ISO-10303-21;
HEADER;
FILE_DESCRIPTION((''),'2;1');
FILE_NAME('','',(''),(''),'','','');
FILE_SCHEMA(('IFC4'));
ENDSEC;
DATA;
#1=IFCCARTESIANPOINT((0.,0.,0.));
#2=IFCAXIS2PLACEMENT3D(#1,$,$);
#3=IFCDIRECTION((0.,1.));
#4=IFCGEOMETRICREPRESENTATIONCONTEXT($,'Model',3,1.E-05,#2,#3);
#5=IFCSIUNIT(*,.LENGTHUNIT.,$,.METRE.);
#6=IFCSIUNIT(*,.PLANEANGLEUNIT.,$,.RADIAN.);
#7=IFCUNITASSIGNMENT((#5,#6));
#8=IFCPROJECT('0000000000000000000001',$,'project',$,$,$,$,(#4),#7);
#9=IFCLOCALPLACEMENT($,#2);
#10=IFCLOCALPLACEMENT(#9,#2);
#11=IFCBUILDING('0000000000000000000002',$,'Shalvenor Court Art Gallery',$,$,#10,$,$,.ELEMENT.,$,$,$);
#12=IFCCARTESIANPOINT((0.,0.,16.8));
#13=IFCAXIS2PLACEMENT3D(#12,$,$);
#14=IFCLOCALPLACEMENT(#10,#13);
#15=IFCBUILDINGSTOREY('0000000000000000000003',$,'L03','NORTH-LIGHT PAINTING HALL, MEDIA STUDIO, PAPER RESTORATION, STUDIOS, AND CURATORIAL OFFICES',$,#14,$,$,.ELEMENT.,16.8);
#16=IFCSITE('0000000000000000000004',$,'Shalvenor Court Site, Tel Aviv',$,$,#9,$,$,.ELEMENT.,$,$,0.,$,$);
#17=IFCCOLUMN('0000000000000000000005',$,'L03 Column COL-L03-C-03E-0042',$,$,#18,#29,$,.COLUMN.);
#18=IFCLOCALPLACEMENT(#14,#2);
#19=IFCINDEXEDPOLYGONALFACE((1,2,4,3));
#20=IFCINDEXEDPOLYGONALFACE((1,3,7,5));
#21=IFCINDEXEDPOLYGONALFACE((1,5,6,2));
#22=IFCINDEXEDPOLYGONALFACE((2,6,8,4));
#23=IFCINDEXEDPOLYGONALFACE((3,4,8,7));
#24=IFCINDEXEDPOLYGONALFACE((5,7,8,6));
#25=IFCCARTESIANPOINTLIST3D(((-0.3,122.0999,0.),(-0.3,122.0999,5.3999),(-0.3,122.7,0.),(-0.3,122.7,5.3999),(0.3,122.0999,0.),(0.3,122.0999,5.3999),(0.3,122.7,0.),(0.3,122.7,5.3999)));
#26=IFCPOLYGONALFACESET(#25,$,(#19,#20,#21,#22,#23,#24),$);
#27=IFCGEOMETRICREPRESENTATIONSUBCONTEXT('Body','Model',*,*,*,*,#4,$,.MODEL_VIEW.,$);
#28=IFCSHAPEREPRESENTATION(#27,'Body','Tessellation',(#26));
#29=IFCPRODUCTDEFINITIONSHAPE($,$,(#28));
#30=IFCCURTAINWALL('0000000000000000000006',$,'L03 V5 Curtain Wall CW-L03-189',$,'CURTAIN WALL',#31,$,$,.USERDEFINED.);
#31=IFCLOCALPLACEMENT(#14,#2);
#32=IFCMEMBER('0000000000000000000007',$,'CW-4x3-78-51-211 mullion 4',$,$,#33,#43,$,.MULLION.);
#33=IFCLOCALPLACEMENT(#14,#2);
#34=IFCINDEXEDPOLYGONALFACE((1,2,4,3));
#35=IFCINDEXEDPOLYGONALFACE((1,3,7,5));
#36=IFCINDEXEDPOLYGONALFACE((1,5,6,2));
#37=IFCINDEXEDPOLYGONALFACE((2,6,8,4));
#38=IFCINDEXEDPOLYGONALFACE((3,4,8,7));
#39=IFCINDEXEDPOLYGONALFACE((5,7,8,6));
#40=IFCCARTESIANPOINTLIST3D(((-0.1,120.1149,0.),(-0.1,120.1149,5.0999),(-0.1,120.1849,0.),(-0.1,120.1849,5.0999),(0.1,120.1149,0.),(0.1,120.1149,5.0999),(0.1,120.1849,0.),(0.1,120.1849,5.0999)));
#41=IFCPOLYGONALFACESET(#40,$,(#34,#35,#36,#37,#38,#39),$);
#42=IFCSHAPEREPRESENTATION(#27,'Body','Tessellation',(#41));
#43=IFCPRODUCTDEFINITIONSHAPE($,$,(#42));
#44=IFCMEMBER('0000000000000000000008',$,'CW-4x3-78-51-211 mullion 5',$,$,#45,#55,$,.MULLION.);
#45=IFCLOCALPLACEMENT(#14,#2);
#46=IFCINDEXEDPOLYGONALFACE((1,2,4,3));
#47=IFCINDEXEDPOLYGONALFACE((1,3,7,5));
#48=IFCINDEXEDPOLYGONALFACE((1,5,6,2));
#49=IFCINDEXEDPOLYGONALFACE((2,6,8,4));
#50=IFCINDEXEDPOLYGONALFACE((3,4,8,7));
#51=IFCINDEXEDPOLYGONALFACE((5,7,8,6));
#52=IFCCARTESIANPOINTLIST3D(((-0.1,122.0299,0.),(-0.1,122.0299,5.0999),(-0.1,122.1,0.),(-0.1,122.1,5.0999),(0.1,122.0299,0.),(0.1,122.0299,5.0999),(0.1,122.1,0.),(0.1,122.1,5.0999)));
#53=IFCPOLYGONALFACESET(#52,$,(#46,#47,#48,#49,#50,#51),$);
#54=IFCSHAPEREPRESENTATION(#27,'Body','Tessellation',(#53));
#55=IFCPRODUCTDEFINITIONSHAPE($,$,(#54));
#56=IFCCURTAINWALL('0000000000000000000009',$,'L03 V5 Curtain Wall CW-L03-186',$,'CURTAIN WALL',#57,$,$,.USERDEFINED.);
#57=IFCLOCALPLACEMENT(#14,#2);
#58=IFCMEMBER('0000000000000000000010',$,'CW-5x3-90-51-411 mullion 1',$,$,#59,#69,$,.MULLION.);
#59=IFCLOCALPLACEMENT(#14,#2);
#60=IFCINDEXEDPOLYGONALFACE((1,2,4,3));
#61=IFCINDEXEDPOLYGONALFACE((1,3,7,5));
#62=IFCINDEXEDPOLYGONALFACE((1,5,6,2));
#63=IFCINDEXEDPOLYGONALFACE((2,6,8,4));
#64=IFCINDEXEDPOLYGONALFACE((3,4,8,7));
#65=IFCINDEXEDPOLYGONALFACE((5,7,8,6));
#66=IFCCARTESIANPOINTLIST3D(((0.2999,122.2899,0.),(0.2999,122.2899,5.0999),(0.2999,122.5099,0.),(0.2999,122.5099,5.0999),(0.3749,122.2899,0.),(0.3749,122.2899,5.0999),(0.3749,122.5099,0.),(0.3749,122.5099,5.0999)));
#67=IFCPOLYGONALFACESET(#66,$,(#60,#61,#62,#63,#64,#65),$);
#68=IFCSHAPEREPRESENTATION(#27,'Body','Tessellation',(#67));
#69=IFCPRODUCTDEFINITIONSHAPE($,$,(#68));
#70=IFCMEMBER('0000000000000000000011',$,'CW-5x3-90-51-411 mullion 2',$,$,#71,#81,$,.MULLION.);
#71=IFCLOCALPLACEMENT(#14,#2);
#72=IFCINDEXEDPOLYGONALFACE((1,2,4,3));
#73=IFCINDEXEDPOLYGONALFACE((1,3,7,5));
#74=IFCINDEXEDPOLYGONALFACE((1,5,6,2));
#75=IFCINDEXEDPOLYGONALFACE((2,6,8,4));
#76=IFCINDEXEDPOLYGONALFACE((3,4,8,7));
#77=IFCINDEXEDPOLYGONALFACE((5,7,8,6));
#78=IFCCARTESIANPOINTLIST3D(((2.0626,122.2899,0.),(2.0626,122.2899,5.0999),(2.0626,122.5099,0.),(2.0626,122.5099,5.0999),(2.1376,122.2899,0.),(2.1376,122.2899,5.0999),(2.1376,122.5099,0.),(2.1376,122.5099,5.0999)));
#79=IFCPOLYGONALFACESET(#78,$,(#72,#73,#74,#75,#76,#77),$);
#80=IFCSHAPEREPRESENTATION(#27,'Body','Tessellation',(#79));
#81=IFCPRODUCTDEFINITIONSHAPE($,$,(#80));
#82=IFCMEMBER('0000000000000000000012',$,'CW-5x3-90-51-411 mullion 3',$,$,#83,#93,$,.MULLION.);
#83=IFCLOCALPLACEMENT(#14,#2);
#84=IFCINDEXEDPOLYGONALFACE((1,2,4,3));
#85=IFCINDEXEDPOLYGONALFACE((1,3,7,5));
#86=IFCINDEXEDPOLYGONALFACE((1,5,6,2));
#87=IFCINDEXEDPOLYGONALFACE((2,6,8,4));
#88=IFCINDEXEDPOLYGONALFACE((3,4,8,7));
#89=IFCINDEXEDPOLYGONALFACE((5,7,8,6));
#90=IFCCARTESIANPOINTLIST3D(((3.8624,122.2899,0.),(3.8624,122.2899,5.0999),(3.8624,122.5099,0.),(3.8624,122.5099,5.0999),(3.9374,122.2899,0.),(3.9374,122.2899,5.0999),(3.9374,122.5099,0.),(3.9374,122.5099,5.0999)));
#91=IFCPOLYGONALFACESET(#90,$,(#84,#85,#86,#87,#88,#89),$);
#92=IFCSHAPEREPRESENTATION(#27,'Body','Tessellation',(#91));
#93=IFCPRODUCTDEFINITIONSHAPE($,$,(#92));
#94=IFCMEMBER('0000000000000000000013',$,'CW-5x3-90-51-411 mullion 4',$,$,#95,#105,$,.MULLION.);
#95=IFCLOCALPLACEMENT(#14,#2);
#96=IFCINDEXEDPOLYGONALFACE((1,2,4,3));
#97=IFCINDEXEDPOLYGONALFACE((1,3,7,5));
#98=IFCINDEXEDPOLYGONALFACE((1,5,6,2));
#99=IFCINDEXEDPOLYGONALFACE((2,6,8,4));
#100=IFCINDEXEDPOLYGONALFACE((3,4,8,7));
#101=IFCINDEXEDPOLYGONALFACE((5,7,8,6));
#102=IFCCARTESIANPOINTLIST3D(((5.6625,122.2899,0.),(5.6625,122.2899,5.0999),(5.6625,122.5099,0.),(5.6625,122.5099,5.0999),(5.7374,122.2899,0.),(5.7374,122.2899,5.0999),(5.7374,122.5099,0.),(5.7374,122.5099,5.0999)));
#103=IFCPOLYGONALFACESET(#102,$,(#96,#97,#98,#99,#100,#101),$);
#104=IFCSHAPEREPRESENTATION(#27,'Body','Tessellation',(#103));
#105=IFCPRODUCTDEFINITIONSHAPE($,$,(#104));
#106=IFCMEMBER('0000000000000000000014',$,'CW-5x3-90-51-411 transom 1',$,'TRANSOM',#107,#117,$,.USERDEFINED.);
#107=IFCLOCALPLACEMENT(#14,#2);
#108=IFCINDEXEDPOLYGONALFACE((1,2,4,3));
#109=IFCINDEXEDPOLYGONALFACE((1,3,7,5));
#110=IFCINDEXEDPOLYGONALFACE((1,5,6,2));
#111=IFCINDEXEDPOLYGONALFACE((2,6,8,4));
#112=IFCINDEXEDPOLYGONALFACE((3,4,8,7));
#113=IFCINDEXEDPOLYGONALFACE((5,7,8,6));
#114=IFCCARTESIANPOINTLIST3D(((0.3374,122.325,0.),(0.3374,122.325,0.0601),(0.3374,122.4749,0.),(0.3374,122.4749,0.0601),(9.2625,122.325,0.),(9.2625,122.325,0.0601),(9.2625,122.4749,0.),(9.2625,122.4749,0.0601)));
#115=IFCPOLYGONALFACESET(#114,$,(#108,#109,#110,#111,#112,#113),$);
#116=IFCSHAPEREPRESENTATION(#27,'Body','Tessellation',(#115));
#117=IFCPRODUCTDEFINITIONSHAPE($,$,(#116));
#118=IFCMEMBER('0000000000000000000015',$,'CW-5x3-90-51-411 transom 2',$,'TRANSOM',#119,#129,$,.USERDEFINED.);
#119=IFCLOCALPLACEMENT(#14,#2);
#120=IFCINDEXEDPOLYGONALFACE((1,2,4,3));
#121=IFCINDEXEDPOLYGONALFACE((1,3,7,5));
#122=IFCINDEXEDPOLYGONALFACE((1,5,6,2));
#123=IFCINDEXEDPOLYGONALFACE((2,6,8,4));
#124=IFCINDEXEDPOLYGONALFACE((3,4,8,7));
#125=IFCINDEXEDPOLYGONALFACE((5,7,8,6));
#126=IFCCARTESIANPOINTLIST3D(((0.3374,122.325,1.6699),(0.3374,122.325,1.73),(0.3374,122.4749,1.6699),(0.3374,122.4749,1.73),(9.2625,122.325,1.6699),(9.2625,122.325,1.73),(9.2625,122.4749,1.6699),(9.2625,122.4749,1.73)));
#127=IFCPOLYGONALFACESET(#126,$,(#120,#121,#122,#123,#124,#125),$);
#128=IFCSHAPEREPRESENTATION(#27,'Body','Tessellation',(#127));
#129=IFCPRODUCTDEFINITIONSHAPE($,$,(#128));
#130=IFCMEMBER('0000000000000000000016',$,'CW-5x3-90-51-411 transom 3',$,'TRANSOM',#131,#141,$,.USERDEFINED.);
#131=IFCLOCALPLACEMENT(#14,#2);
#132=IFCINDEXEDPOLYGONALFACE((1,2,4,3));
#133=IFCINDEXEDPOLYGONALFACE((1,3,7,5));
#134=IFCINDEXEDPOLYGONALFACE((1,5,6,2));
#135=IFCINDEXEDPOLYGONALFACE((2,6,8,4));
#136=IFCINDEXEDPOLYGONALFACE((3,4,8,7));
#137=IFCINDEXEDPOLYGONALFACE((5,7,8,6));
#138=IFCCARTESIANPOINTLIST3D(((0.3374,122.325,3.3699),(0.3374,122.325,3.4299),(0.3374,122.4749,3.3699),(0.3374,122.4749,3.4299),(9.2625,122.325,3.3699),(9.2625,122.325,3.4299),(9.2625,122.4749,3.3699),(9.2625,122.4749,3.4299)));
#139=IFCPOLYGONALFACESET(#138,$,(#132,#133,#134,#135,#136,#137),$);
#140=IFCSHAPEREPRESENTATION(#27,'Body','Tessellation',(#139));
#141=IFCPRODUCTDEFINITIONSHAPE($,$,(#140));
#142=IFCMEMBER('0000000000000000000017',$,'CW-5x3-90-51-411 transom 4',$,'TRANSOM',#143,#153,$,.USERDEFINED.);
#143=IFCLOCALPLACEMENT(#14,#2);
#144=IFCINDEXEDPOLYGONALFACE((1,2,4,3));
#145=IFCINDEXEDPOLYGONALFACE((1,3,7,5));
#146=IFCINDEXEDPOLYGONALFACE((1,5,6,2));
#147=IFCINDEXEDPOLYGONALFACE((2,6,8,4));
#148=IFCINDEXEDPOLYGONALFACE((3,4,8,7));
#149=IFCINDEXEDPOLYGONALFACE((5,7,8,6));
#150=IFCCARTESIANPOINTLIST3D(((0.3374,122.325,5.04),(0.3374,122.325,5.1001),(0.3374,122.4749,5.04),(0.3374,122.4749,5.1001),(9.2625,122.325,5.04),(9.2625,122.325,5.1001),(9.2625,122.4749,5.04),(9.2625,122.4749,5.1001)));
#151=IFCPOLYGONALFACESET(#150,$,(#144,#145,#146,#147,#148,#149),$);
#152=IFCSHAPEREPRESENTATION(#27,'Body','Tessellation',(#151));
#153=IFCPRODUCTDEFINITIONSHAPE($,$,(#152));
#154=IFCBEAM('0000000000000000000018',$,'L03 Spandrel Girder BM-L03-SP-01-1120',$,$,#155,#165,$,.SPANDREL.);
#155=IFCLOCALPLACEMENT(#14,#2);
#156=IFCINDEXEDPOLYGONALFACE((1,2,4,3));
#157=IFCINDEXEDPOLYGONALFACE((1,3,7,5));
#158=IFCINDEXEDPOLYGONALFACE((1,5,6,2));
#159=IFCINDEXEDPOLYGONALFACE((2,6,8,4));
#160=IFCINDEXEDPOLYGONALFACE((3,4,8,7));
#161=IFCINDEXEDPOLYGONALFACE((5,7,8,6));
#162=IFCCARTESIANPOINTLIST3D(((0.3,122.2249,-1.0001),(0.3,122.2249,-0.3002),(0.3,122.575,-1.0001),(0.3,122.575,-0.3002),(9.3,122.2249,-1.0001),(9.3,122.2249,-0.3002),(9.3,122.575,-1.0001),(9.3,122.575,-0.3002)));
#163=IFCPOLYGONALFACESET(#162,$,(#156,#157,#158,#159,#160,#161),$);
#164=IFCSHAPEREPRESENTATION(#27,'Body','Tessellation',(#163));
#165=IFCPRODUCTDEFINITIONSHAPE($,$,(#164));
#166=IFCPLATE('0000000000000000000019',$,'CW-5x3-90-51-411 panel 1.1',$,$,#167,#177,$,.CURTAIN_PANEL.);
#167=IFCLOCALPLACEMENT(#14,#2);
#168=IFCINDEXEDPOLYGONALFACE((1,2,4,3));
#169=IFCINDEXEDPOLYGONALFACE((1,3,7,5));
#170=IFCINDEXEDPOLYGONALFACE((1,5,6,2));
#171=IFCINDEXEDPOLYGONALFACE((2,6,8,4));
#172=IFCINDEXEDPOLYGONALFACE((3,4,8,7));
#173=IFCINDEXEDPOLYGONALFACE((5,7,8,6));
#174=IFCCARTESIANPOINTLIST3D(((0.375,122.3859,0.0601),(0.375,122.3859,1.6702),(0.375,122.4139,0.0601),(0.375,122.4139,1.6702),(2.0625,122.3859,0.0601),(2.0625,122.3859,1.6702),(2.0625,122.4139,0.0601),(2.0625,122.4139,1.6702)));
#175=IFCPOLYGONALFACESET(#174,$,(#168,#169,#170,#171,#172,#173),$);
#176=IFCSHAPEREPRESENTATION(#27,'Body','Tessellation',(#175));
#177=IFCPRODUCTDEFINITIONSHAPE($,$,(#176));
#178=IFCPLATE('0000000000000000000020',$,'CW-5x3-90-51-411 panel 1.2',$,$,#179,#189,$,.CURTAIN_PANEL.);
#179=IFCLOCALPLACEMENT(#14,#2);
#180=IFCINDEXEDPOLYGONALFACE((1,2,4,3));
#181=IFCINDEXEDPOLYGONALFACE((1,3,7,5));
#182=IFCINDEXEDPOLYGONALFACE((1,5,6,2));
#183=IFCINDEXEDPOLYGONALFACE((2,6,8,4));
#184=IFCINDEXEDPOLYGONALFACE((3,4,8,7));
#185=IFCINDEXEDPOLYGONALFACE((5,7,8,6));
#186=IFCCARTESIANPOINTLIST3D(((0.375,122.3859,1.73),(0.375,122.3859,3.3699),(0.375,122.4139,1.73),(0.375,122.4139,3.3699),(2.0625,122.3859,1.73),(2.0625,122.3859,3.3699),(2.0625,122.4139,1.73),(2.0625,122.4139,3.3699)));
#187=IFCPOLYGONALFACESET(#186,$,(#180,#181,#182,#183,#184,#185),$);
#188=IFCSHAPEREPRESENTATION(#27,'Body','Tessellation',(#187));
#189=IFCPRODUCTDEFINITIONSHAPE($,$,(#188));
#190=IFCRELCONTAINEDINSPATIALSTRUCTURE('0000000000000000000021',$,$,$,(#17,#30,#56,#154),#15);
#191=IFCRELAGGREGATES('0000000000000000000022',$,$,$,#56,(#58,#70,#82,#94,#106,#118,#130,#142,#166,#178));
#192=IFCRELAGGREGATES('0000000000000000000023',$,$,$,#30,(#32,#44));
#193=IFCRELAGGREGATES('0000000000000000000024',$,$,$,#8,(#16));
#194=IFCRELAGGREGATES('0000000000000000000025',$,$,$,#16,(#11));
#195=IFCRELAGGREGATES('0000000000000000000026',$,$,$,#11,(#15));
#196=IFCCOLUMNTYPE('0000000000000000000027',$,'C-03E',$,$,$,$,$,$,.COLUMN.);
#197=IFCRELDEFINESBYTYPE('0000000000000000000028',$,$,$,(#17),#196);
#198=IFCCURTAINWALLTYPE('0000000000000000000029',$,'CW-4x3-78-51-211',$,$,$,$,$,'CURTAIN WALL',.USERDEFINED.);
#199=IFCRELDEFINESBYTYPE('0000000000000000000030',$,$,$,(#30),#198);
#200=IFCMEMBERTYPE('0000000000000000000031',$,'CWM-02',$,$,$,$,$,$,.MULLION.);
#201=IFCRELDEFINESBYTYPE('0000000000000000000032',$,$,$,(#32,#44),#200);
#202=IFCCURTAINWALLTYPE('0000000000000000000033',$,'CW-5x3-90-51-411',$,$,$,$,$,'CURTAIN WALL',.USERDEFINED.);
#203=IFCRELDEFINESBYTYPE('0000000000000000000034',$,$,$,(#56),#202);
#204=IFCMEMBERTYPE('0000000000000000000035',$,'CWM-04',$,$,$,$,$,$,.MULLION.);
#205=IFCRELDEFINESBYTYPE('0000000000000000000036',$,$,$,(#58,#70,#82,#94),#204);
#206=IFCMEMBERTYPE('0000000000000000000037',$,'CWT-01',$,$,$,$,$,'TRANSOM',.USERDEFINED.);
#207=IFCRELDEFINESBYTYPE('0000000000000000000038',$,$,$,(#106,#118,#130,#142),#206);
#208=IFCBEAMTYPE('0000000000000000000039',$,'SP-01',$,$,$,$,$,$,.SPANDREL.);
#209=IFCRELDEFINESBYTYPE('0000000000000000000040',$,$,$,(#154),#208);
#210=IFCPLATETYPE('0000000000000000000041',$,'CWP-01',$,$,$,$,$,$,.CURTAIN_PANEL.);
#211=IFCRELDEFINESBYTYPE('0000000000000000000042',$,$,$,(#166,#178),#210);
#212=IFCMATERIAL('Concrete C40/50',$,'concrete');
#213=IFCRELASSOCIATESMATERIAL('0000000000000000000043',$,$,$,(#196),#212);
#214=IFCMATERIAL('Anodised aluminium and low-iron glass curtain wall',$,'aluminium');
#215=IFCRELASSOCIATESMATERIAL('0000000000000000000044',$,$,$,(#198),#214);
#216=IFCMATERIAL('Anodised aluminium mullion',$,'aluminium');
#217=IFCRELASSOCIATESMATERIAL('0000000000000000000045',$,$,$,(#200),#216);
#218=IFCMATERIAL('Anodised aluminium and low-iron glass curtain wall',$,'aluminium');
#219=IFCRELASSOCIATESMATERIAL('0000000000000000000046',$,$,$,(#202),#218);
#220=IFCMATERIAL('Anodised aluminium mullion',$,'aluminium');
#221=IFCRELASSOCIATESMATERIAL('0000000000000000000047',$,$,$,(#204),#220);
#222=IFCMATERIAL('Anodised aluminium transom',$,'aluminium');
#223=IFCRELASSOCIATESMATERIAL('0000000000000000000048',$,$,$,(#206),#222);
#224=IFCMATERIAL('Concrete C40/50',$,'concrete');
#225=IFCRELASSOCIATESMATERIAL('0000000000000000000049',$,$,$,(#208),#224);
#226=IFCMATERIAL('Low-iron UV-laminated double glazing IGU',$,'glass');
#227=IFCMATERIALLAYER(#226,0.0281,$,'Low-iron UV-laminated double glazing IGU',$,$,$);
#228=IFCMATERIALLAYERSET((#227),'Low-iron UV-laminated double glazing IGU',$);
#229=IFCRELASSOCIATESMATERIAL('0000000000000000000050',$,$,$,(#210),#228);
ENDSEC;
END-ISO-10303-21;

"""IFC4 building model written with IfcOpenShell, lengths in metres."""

from ifc_helpers import new_model, si_unit, direction, frame, origin, origin_2d, place, context, subcontext, project, spatial, rectangle, extrude, material, layer, layer_set, material_profile, profile_set, type_object, element, aggregate, save


model = new_model("IFC4")

# Units and contexts
model_context = context("Model", 3, precision=1e-05, world=origin(), true_north=direction((0.0, 1.0)))
body_context = subcontext(model_context, "Body", "Model", "MODEL_VIEW")
ifc_project = project(units=[si_unit("LENGTHUNIT", "METRE"), si_unit("PLANEANGLEUNIT", "RADIAN")], contexts=[model_context])

# Site, building, storey
site_placement = place(None, origin())
site = spatial("IfcSite", under=ifc_project, at=site_placement, Name="Shalvenor Court Site, Tel Aviv", CompositionType="ELEMENT", RefElevation=0.0)
building_placement = place(site_placement, origin())
building = spatial("IfcBuilding", under=site, at=building_placement, Name="Shalvenor Court Art Gallery", CompositionType="ELEMENT")
storey_placement = place(building_placement, frame((0.0, 0.0, 16.8)))
storey = spatial("IfcBuildingStorey", under=building, at=storey_placement, Name="L03", Description="NORTH-LIGHT PAINTING HALL, MEDIA STUDIO, PAPER RESTORATION, STUDIOS, AND CURATORIAL OFFICES", CompositionType="ELEMENT", Elevation=16.8)

# Column
ifc_material_1 = material(Name="Concrete C40/50", Category="concrete")
ifc_material_profile_1 = material_profile(ifc_material_1, rectangle(XDim=0.6001, YDim=0.6001, at=origin_2d()), Name="RC 600x600")
ifc_profile_set_1 = profile_set([ifc_material_profile_1], Name="Concrete C40/50")
column_type = type_object("IfcColumnType", Name="C-03E", PredefinedType="COLUMN", material=ifc_profile_set_1)
column_placement = place(storey_placement, frame((0.0, 122.3999, 0.0), z_axis=(0.0, 0.0, 1.0), x_axis=(1.0, 0.0, 0.0)))
element("IfcColumn", 1, at=column_placement, inside=storey, type_object=column_type, Name="L03 Column COL-L03-C-03E-0042", PredefinedType="COLUMN", context=body_context, shape_type="SweptSolid", body=[
    extrude(rectangle(XDim=0.6001, YDim=0.6001, at=origin_2d()), origin(), (0.0, 0.0, 1.0), 5.3999),
])

# Curtain walls, members
ifc_material_2 = material(Name="Anodised aluminium and low-iron glass curtain wall", Category="aluminium")
curtain_wall_type_1 = type_object("IfcCurtainWallType", Name="CW-4x3-78-51-211", ElementType="CURTAIN WALL", PredefinedType="USERDEFINED", material=ifc_material_2)
curtain_wall_1_placement = place(storey_placement, origin())
curtain_wall_1 = element("IfcCurtainWall", 2, at=curtain_wall_1_placement, inside=storey, type_object=curtain_wall_type_1, Name="L03 V5 Curtain Wall CW-L03-189", ObjectType="CURTAIN WALL", PredefinedType="USERDEFINED")
ifc_material_3 = material(Name="Anodised aluminium mullion", Category="aluminium")
ifc_material_profile_2 = material_profile(ifc_material_3, rectangle(XDim=0.0701, YDim=0.2, at=origin_2d()), Name="CWM-02")
ifc_profile_set_2 = profile_set([ifc_material_profile_2], Name="Anodised aluminium mullion")
member_type_1 = type_object("IfcMemberType", Name="CWM-02", PredefinedType="MULLION", material=ifc_profile_set_2)
member_1_placement = place(storey_placement, frame((0.0, 120.1499, 0.0), z_axis=(0.0, 0.0, 1.0), x_axis=(0.0, 1.0, 0.0)))
member_1 = element("IfcMember", 3, at=member_1_placement, type_object=member_type_1, Name="CW-4x3-78-51-211 mullion 4", PredefinedType="MULLION", context=body_context, shape_type="SweptSolid", body=[
    extrude(rectangle(XDim=0.0701, YDim=0.2, at=origin_2d()), origin(), (0.0, 0.0, 1.0), 5.0999),
])
member_2_placement = place(storey_placement, frame((0.0, 122.0649, 0.0), z_axis=(0.0, 0.0, 1.0), x_axis=(0.0, 1.0, 0.0)))
member_2 = element("IfcMember", 4, at=member_2_placement, type_object=member_type_1, Name="CW-4x3-78-51-211 mullion 5", PredefinedType="MULLION", context=body_context, shape_type="SweptSolid", body=[
    extrude(rectangle(XDim=0.0701, YDim=0.2, at=origin_2d()), origin(), (0.0, 0.0, 1.0), 5.0999),
])
ifc_material_4 = material(Name="Anodised aluminium and low-iron glass curtain wall", Category="aluminium")
curtain_wall_type_2 = type_object("IfcCurtainWallType", Name="CW-5x3-90-51-411", ElementType="CURTAIN WALL", PredefinedType="USERDEFINED", material=ifc_material_4)
curtain_wall_2_placement = place(storey_placement, origin())
curtain_wall_2 = element("IfcCurtainWall", 5, at=curtain_wall_2_placement, inside=storey, type_object=curtain_wall_type_2, Name="L03 V5 Curtain Wall CW-L03-186", ObjectType="CURTAIN WALL", PredefinedType="USERDEFINED")
ifc_material_5 = material(Name="Anodised aluminium mullion", Category="aluminium")
ifc_material_profile_3 = material_profile(ifc_material_5, rectangle(XDim=0.075, YDim=0.22, at=origin_2d()), Name="CWM-04")
ifc_profile_set_3 = profile_set([ifc_material_profile_3], Name="Anodised aluminium mullion")
member_type_2 = type_object("IfcMemberType", Name="CWM-04", PredefinedType="MULLION", material=ifc_profile_set_3)
member_3_placement = place(storey_placement, frame((0.3374, 122.3999, 0.0), z_axis=(0.0, 0.0, 1.0), x_axis=(1.0, 0.0, 0.0)))
member_3 = element("IfcMember", 6, at=member_3_placement, type_object=member_type_2, Name="CW-5x3-90-51-411 mullion 1", PredefinedType="MULLION", context=body_context, shape_type="SweptSolid", body=[
    extrude(rectangle(XDim=0.075, YDim=0.22, at=origin_2d()), origin(), (0.0, 0.0, 1.0), 5.0999),
])
member_4_placement = place(storey_placement, frame((2.1001, 122.3999, 0.0), z_axis=(0.0, 0.0, 1.0), x_axis=(1.0, 0.0, 0.0)))
member_4 = element("IfcMember", 7, at=member_4_placement, type_object=member_type_2, Name="CW-5x3-90-51-411 mullion 2", PredefinedType="MULLION", context=body_context, shape_type="SweptSolid", body=[
    extrude(rectangle(XDim=0.075, YDim=0.22, at=origin_2d()), origin(), (0.0, 0.0, 1.0), 5.0999),
])
member_5_placement = place(storey_placement, frame((3.8999, 122.3999, 0.0), z_axis=(0.0, 0.0, 1.0), x_axis=(1.0, 0.0, 0.0)))
member_5 = element("IfcMember", 8, at=member_5_placement, type_object=member_type_2, Name="CW-5x3-90-51-411 mullion 3", PredefinedType="MULLION", context=body_context, shape_type="SweptSolid", body=[
    extrude(rectangle(XDim=0.075, YDim=0.22, at=origin_2d()), origin(), (0.0, 0.0, 1.0), 5.0999),
])
member_6_placement = place(storey_placement, frame((5.7, 122.3999, 0.0), z_axis=(0.0, 0.0, 1.0), x_axis=(1.0, 0.0, 0.0)))
member_6 = element("IfcMember", 9, at=member_6_placement, type_object=member_type_2, Name="CW-5x3-90-51-411 mullion 4", PredefinedType="MULLION", context=body_context, shape_type="SweptSolid", body=[
    extrude(rectangle(XDim=0.075, YDim=0.22, at=origin_2d()), origin(), (0.0, 0.0, 1.0), 5.0999),
])
ifc_material_6 = material(Name="Anodised aluminium transom", Category="aluminium")
ifc_material_profile_4 = material_profile(ifc_material_6, rectangle(XDim=0.1499, YDim=0.0601, at=origin_2d()), Name="CWT-01")
ifc_profile_set_4 = profile_set([ifc_material_profile_4], Name="Anodised aluminium transom")
member_type_3 = type_object("IfcMemberType", Name="CWT-01", ElementType="TRANSOM", PredefinedType="USERDEFINED", material=ifc_profile_set_4)
member_7_placement = place(storey_placement, frame((0.3374, 122.3999, 0.03), z_axis=(1.0, 0.0, 0.0), x_axis=(0.0, 1.0, 0.0)))
member_7 = element("IfcMember", 10, at=member_7_placement, type_object=member_type_3, Name="CW-5x3-90-51-411 transom 1", ObjectType="TRANSOM", PredefinedType="USERDEFINED", context=body_context, shape_type="SweptSolid", body=[
    extrude(rectangle(XDim=0.1499, YDim=0.0601, at=origin_2d()), origin(), (0.0, 0.0, 1.0), 8.925),
])
member_8_placement = place(storey_placement, frame((0.3374, 122.3999, 1.7), z_axis=(1.0, 0.0, 0.0), x_axis=(0.0, 1.0, 0.0)))
member_8 = element("IfcMember", 11, at=member_8_placement, type_object=member_type_3, Name="CW-5x3-90-51-411 transom 2", ObjectType="TRANSOM", PredefinedType="USERDEFINED", context=body_context, shape_type="SweptSolid", body=[
    extrude(rectangle(XDim=0.1499, YDim=0.0601, at=origin_2d()), origin(), (0.0, 0.0, 1.0), 8.925),
])
member_9_placement = place(storey_placement, frame((0.3374, 122.3999, 3.3999), z_axis=(1.0, 0.0, 0.0), x_axis=(0.0, 1.0, 0.0)))
member_9 = element("IfcMember", 12, at=member_9_placement, type_object=member_type_3, Name="CW-5x3-90-51-411 transom 3", ObjectType="TRANSOM", PredefinedType="USERDEFINED", context=body_context, shape_type="SweptSolid", body=[
    extrude(rectangle(XDim=0.1499, YDim=0.0601, at=origin_2d()), origin(), (0.0, 0.0, 1.0), 8.925),
])
member_10_placement = place(storey_placement, frame((0.3374, 122.3999, 5.0701), z_axis=(1.0, 0.0, 0.0), x_axis=(0.0, 1.0, 0.0)))
member_10 = element("IfcMember", 13, at=member_10_placement, type_object=member_type_3, Name="CW-5x3-90-51-411 transom 4", ObjectType="TRANSOM", PredefinedType="USERDEFINED", context=body_context, shape_type="SweptSolid", body=[
    extrude(rectangle(XDim=0.1499, YDim=0.0601, at=origin_2d()), origin(), (0.0, 0.0, 1.0), 8.925),
])

# Beam
ifc_material_7 = material(Name="Concrete C40/50", Category="concrete")
ifc_material_profile_5 = material_profile(ifc_material_7, rectangle(XDim=0.3501, YDim=0.7, at=origin_2d()), Name="RC 350x700")
ifc_profile_set_5 = profile_set([ifc_material_profile_5], Name="Concrete C40/50")
beam_type = type_object("IfcBeamType", Name="SP-01", PredefinedType="SPANDREL", material=ifc_profile_set_5)
beam_placement = place(storey_placement, frame((0.3, 122.3999, -0.6501), z_axis=(1.0, 0.0, 0.0), x_axis=(0.0, 1.0, 0.0)))
element("IfcBeam", 14, at=beam_placement, inside=storey, type_object=beam_type, Name="L03 Spandrel Girder BM-L03-SP-01-1120", PredefinedType="SPANDREL", context=body_context, shape_type="SweptSolid", body=[
    extrude(rectangle(XDim=0.3501, YDim=0.7, at=origin_2d()), origin(), (0.0, 0.0, 1.0), 9.0),
])

# Plates
ifc_material_8 = material(Name="Low-iron UV-laminated double glazing IGU", Category="glass")
ifc_layer_1 = layer(ifc_material_8, 0.0281, Name="Low-iron UV-laminated double glazing IGU")
ifc_layer_set_1 = layer_set([ifc_layer_1], Name="Low-iron UV-laminated double glazing IGU")
plate_type_1 = type_object("IfcPlateType", Name="CWP-01", PredefinedType="CURTAIN_PANEL", material=ifc_layer_set_1)
plate_1_placement = place(storey_placement, frame((1.2188, 122.3999, 0.0601), z_axis=(0.0, 0.0, 1.0), x_axis=(1.0, 0.0, 0.0)))
plate_1 = element("IfcPlate", 15, at=plate_1_placement, type_object=plate_type_1, Name="CW-5x3-90-51-411 panel 1.1", PredefinedType="CURTAIN_PANEL", context=body_context, shape_type="SweptSolid", body=[
    extrude(rectangle(XDim=1.6875, YDim=0.0281, at=origin_2d()), origin(), (0.0, 0.0, 1.0), 1.6101),
])
plate_2_placement = place(storey_placement, frame((1.2188, 122.3999, 1.73), z_axis=(0.0, 0.0, 1.0), x_axis=(1.0, 0.0, 0.0)))
plate_2 = element("IfcPlate", 16, at=plate_2_placement, type_object=plate_type_1, Name="CW-5x3-90-51-411 panel 1.2", PredefinedType="CURTAIN_PANEL", context=body_context, shape_type="SweptSolid", body=[
    extrude(rectangle(XDim=1.6875, YDim=0.0281, at=origin_2d()), origin(), (0.0, 0.0, 1.0), 1.6399),
])
aggregate(curtain_wall_2, [member_3, member_4, member_5, member_6, member_7, member_8, member_9, member_10, plate_1, plate_2])
aggregate(curtain_wall_1, [member_1, member_2])

save(model, "model.ifc")
